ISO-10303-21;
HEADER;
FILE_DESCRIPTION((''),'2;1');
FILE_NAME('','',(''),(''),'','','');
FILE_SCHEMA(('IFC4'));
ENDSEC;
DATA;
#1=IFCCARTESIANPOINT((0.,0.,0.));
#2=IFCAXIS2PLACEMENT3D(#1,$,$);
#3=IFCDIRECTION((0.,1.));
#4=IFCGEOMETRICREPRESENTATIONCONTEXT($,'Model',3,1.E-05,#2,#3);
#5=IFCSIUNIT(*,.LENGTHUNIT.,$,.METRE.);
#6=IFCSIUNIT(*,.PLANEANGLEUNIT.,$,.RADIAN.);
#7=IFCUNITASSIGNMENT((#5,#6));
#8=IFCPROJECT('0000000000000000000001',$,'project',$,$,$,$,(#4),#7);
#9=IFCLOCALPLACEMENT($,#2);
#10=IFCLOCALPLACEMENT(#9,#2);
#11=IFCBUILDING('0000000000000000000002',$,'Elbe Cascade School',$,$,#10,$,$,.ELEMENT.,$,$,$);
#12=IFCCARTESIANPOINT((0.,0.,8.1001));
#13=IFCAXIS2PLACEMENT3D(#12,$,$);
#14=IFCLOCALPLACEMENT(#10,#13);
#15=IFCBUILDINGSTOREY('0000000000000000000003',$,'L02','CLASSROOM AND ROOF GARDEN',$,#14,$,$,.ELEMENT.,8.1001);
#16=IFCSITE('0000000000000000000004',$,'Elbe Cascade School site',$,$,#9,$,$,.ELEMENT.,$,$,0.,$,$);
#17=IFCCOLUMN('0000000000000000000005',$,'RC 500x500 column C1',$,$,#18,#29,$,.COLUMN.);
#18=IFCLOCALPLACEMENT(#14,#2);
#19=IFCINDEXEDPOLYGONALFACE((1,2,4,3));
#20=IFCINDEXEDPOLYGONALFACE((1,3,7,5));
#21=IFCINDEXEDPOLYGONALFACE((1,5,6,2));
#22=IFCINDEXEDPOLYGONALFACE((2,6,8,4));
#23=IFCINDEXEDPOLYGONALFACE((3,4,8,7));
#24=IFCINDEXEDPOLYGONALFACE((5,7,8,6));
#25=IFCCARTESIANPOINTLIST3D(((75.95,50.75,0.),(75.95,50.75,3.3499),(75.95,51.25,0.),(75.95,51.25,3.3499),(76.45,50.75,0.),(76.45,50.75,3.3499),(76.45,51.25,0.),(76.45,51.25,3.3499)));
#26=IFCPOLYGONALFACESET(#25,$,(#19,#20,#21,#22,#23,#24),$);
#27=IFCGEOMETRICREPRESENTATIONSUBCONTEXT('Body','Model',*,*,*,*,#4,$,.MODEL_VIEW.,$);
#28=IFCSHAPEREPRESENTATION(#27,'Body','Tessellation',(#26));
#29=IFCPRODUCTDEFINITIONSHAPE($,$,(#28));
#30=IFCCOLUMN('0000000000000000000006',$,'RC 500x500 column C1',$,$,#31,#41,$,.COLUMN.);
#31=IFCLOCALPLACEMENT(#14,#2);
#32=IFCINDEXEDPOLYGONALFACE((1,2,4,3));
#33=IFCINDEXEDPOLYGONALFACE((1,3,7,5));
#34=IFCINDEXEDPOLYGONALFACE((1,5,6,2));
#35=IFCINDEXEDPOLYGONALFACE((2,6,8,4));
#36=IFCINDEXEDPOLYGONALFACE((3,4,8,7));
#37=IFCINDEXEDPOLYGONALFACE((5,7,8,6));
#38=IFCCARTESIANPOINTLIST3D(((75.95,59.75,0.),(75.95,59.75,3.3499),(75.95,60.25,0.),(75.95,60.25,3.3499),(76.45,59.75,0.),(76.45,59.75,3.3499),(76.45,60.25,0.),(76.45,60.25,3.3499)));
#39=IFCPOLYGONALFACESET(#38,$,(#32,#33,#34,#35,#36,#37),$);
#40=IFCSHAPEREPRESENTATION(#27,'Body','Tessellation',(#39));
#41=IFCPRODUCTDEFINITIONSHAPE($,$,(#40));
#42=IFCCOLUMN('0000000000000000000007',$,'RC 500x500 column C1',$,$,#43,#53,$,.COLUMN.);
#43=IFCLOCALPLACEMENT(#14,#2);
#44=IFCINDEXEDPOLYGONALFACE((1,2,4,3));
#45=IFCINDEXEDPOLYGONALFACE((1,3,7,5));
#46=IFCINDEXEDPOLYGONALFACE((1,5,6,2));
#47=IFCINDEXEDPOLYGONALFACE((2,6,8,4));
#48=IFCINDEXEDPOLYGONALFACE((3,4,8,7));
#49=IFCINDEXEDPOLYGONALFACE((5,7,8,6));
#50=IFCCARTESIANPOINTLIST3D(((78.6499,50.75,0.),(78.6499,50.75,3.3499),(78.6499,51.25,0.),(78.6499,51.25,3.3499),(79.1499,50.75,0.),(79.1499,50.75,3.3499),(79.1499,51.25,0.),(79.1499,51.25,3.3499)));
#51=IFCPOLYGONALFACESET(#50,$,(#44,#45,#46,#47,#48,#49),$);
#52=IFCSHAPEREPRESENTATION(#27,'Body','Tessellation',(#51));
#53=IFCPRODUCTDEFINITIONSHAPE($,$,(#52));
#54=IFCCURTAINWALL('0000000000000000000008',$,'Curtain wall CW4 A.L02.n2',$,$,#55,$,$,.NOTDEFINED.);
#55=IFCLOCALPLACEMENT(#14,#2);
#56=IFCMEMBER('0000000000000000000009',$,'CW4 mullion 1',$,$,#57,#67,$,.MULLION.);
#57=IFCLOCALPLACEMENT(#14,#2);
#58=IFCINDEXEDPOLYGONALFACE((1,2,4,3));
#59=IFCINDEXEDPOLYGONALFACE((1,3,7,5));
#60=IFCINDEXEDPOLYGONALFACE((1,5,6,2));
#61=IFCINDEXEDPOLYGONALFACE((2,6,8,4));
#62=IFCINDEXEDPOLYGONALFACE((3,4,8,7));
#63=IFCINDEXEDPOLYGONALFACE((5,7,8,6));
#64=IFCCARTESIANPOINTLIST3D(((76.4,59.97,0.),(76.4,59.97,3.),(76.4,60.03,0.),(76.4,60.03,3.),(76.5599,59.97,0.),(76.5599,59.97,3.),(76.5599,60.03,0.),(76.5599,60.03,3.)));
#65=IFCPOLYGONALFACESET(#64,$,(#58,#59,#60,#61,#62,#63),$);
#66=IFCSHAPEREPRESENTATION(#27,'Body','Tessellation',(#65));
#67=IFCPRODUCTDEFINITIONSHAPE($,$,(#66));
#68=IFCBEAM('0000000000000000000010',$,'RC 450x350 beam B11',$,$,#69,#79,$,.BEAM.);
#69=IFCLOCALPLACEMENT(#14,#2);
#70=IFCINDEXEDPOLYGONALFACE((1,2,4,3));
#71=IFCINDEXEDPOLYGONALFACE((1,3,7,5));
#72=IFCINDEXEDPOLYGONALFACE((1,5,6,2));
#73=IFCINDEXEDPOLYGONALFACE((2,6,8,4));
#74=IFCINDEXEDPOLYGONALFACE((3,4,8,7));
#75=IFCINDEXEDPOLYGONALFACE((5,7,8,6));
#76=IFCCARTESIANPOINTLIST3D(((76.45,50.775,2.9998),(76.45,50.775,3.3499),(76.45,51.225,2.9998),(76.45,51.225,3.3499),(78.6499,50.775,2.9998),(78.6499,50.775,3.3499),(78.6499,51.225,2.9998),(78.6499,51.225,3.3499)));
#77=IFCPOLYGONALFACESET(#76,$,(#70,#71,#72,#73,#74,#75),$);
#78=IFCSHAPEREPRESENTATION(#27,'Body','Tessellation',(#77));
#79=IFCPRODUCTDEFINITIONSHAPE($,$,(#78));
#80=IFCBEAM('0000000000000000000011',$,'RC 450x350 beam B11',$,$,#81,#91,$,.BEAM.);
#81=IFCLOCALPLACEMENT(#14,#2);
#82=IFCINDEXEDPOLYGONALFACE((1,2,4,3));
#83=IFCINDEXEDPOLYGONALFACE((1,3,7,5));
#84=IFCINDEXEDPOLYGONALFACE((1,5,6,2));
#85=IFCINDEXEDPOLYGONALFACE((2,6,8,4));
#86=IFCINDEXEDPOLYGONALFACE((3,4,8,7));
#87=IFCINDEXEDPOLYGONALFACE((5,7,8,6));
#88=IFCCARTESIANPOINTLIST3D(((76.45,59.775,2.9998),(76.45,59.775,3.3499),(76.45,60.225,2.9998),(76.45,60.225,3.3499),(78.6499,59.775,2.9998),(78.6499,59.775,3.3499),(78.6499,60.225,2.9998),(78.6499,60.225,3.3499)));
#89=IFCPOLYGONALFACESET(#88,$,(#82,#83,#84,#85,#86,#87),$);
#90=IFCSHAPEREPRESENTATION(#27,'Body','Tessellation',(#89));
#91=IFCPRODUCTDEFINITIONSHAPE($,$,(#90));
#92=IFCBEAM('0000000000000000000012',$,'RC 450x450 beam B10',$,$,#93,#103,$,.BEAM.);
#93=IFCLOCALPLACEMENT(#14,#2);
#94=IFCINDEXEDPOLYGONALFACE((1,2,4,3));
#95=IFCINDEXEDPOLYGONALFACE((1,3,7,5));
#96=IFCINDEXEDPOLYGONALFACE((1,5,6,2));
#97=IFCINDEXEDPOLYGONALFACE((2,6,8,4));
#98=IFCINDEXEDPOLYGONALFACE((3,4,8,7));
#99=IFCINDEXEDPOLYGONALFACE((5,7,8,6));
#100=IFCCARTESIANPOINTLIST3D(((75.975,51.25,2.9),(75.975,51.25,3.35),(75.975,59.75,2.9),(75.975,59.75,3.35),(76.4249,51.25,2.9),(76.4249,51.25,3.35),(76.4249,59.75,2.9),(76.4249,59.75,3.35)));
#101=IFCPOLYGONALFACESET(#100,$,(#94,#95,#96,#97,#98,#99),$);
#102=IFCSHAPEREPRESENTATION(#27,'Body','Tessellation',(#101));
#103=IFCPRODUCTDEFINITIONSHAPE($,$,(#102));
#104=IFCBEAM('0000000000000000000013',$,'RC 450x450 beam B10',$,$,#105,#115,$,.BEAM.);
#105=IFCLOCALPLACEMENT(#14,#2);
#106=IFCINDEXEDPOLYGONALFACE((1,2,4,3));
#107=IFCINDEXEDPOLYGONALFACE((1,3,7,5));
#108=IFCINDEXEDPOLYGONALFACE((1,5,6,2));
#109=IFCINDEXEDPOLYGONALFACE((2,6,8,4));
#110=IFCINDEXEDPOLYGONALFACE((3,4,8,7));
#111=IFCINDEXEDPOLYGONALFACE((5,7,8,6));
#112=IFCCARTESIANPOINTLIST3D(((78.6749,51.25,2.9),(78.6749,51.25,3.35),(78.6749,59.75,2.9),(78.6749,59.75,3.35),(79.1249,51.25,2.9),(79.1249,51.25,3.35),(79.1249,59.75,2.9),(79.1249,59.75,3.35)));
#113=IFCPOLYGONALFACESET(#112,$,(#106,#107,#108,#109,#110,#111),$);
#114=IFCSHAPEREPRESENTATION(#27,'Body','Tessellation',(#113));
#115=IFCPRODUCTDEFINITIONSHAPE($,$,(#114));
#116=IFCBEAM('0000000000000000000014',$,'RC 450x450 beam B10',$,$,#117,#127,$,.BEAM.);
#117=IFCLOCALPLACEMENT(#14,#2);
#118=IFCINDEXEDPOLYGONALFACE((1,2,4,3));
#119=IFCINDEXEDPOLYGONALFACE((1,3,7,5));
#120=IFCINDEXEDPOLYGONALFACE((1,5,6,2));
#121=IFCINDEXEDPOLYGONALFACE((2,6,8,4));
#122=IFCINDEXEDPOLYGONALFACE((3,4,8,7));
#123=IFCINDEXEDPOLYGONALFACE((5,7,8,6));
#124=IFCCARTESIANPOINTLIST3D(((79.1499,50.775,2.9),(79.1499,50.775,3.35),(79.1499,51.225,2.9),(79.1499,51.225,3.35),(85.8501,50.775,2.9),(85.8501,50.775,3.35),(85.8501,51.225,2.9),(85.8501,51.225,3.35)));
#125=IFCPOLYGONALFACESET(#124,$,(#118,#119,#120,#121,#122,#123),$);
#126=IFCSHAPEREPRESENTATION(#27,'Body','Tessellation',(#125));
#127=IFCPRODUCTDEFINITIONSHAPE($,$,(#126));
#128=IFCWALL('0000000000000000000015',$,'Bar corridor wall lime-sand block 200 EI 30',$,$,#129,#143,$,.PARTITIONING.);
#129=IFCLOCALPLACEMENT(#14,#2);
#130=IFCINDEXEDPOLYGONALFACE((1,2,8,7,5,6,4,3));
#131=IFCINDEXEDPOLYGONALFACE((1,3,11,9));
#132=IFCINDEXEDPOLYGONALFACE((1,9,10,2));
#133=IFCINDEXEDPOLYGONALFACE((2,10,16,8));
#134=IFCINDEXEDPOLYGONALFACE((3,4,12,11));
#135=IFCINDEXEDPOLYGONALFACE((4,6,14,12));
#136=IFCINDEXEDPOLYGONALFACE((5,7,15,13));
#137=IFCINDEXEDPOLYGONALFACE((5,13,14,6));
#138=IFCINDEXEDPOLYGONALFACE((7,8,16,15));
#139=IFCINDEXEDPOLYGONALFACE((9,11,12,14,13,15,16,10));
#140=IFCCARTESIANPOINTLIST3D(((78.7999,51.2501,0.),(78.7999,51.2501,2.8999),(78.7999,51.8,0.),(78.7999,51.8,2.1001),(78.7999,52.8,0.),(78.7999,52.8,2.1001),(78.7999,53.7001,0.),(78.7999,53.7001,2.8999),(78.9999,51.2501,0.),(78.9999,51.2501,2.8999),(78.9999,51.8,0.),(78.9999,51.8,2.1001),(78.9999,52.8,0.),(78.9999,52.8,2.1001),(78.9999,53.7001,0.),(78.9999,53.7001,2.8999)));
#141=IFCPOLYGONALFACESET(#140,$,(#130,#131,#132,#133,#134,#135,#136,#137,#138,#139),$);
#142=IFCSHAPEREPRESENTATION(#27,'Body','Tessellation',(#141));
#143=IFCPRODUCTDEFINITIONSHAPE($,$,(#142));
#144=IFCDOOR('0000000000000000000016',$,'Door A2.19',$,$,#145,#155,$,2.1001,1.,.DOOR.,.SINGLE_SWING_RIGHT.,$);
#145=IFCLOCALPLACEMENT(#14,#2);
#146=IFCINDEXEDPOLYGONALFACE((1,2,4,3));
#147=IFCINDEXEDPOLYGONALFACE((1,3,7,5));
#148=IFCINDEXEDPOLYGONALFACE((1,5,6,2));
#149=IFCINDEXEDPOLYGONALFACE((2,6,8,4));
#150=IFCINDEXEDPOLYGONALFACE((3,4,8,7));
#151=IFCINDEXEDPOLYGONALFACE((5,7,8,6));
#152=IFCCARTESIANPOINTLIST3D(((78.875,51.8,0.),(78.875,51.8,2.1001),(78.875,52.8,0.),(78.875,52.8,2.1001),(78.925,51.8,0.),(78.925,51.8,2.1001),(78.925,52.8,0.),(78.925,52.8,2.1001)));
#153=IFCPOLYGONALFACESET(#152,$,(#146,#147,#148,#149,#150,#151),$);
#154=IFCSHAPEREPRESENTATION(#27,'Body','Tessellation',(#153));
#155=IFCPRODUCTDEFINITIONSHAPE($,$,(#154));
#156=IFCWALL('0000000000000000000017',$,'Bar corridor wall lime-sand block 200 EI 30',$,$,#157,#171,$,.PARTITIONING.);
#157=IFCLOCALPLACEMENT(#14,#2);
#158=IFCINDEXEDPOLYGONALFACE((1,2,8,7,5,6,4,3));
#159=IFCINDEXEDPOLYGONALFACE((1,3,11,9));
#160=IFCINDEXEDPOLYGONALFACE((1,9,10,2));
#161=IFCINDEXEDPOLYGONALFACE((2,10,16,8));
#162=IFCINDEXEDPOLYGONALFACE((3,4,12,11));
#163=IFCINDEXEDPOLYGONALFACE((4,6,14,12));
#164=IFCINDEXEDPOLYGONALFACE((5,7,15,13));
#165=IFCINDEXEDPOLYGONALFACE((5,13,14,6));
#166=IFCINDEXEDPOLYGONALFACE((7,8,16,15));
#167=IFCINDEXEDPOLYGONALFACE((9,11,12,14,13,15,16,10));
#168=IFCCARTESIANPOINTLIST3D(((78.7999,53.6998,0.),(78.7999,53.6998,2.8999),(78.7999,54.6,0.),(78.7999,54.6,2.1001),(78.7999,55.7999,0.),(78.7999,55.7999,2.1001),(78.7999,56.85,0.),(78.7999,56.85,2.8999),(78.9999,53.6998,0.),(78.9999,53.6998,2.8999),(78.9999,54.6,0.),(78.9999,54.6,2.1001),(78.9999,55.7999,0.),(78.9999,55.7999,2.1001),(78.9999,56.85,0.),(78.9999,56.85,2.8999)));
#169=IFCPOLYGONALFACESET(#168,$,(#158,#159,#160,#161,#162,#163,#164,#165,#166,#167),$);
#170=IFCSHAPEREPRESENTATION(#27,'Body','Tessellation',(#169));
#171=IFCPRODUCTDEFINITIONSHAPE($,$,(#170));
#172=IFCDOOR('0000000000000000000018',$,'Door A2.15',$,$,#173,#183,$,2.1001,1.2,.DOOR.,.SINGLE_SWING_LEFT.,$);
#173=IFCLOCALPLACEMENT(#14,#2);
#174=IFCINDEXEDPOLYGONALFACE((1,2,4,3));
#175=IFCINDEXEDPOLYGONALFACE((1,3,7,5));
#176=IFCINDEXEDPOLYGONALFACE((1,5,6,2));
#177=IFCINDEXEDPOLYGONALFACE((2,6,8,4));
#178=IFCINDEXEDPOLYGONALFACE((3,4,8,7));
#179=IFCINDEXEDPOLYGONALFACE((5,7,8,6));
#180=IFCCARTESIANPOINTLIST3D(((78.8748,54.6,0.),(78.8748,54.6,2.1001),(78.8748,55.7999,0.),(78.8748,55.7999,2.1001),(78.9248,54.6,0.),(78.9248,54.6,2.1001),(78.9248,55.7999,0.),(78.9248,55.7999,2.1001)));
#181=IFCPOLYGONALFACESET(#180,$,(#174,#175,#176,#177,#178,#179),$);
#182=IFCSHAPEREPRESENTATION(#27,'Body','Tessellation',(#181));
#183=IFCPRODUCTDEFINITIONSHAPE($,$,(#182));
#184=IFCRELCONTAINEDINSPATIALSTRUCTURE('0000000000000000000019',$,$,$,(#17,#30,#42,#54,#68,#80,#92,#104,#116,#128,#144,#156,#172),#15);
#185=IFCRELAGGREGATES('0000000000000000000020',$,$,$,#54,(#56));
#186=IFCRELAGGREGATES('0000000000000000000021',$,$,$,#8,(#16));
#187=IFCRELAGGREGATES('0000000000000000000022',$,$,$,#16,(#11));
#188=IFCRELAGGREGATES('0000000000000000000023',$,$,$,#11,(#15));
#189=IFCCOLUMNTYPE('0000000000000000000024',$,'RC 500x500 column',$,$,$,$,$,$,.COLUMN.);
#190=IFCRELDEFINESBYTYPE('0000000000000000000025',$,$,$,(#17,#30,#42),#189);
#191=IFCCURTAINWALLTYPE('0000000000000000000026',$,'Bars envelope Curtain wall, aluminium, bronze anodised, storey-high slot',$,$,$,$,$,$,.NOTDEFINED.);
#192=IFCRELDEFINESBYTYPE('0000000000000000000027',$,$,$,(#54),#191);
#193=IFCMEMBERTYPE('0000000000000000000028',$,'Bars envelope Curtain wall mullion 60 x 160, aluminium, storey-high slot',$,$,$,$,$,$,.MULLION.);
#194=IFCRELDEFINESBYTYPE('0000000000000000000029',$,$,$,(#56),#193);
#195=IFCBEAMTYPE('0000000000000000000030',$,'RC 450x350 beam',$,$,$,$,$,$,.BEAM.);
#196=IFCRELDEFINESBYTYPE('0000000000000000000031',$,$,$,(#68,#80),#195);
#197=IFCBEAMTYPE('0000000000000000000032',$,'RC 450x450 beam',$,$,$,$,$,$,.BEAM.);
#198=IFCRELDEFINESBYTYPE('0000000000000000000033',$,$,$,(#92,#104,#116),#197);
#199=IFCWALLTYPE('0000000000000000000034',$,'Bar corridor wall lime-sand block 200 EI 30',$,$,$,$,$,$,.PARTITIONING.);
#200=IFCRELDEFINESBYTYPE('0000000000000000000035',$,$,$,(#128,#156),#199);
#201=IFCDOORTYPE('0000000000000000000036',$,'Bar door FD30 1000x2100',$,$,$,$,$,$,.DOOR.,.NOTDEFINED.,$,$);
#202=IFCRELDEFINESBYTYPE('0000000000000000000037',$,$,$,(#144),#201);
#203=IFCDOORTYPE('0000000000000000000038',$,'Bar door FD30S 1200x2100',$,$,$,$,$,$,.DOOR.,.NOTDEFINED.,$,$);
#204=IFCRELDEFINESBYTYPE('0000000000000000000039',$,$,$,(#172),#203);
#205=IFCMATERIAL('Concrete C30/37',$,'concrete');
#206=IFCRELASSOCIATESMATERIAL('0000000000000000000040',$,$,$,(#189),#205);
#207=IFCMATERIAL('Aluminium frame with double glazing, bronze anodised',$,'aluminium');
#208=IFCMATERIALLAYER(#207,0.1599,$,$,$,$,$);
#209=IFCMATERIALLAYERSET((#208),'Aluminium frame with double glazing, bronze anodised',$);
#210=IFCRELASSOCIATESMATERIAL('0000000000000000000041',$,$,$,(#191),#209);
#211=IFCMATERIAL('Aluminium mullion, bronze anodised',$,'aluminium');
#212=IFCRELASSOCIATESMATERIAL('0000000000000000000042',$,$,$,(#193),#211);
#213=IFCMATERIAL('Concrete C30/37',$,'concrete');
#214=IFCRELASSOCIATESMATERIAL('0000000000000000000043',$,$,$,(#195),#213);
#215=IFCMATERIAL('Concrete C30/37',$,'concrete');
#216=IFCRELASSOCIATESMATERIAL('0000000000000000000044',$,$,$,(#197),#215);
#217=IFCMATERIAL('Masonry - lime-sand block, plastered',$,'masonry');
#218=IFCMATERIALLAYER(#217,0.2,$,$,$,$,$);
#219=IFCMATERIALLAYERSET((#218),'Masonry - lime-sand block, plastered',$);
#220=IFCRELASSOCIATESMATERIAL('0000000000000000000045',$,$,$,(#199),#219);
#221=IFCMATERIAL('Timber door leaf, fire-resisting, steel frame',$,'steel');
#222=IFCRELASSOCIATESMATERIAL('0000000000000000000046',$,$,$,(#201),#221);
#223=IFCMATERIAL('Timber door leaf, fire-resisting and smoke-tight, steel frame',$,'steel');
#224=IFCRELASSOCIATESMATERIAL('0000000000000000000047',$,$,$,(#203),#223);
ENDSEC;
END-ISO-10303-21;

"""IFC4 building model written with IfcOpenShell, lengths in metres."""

from ifc_helpers import new_model, si_unit, direction, frame, frame_2d, origin, origin_2d, place, context, subcontext, project, spatial, rectangle, extrude, material, layer, layer_set, material_profile, profile_set, type_object, element, fill, aggregate, save


model = new_model("IFC4")

# Units and contexts
model_context = context("Model", 3, precision=1e-05, world=origin(), true_north=direction((0.0, 1.0)))
body_context = subcontext(model_context, "Body", "Model", "MODEL_VIEW")
ifc_project = project(units=[si_unit("LENGTHUNIT", "METRE"), si_unit("PLANEANGLEUNIT", "RADIAN")], contexts=[model_context])

# Site, building, storey
site_placement = place(None, origin())
site = spatial("IfcSite", under=ifc_project, at=site_placement, Name="Elbe Cascade School site", CompositionType="ELEMENT", RefElevation=0.0)
building_placement = place(site_placement, origin())
building = spatial("IfcBuilding", under=site, at=building_placement, Name="Elbe Cascade School", CompositionType="ELEMENT")
storey_placement = place(building_placement, frame((0.0, 0.0, 8.1001)))
storey = spatial("IfcBuildingStorey", under=building, at=storey_placement, Name="L02", Description="CLASSROOM AND ROOF GARDEN", CompositionType="ELEMENT", Elevation=8.1001)

# Columns
ifc_material_1 = material(Name="Concrete C30/37", Category="concrete")
ifc_material_profile_1 = material_profile(ifc_material_1, rectangle(XDim=0.5, YDim=0.5, at=origin_2d()), Name="RC 500x500")
ifc_profile_set_1 = profile_set([ifc_material_profile_1], Name="Concrete C30/37")
column_type = type_object("IfcColumnType", Name="RC 500x500 column", PredefinedType="COLUMN", material=ifc_profile_set_1)
for number, where, z_axis, x_axis, name in (
    (1, (76.2, 51.0, 0.0), (0.0, 0.0, 1.0), (1.0, 0.0, 0.0), "RC 500x500 column C1"),
    (2, (76.2, 60.0, 0.0), (0.0, 0.0, 1.0), (1.0, 0.0, 0.0), "RC 500x500 column C1"),
    (3, (78.8999, 51.0, 0.0), (0.0, 0.0, 1.0), (1.0, 0.0, 0.0), "RC 500x500 column C1"),
):
    element("IfcColumn", number, at=place(storey_placement, frame(where, z_axis=z_axis, x_axis=x_axis)), inside=storey, type_object=column_type, Name=name, PredefinedType="COLUMN", context=body_context, shape_type="SweptSolid", body=[
        extrude(rectangle(XDim=0.5, YDim=0.5, at=origin_2d()), origin(), (0.0, 0.0, 1.0), 3.3499),
    ])

# Curtain wall, member
ifc_material_2 = material(Name="Aluminium frame with double glazing, bronze anodised", Category="aluminium")
ifc_layer_1 = layer(ifc_material_2, 0.1599)
ifc_layer_set_1 = layer_set([ifc_layer_1], Name="Aluminium frame with double glazing, bronze anodised")
curtain_wall_type = type_object("IfcCurtainWallType", Name="Bars envelope Curtain wall, aluminium, bronze anodised, storey-high slot", PredefinedType="NOTDEFINED", material=ifc_layer_set_1)
curtain_wall_placement = place(storey_placement, origin())
curtain_wall = element("IfcCurtainWall", 4, at=curtain_wall_placement, inside=storey, type_object=curtain_wall_type, Name="Curtain wall CW4 A.L02.n2", PredefinedType="NOTDEFINED")
ifc_material_3 = material(Name="Aluminium mullion, bronze anodised", Category="aluminium")
ifc_material_profile_2 = material_profile(ifc_material_3, rectangle(XDim=0.0601, YDim=0.1599, at=origin_2d()), Name="Bars envelope Curtain wall mullion 60 x 160, aluminium, storey-high slot")
ifc_profile_set_2 = profile_set([ifc_material_profile_2], Name="Aluminium mullion, bronze anodised")
member_type = type_object("IfcMemberType", Name="Bars envelope Curtain wall mullion 60 x 160, aluminium, storey-high slot", PredefinedType="MULLION", material=ifc_profile_set_2)
member_placement = place(storey_placement, frame((76.48, 60.0, 0.0), z_axis=(0.0, 0.0, 1.0), x_axis=(0.0, 1.0, 0.0)))
member = element("IfcMember", 5, at=member_placement, type_object=member_type, Name="CW4 mullion 1", PredefinedType="MULLION", context=body_context, shape_type="SweptSolid", body=[
    extrude(rectangle(XDim=0.0601, YDim=0.1599, at=origin_2d()), origin(), (0.0, 0.0, 1.0), 3.0),
])
aggregate(curtain_wall, [member])

# Beams
ifc_material_4 = material(Name="Concrete C30/37", Category="concrete")
ifc_material_profile_3 = material_profile(ifc_material_4, rectangle(XDim=0.45, YDim=0.3501, at=origin_2d()), Name="RC 450x350")
ifc_profile_set_3 = profile_set([ifc_material_profile_3], Name="Concrete C30/37")
beam_type_1 = type_object("IfcBeamType", Name="RC 450x350 beam", PredefinedType="BEAM", material=ifc_profile_set_3)
for number, where, z_axis, x_axis, name in (
    (6, (76.45, 51.0, 3.1748), (1.0, 0.0, 0.0), (0.0, 1.0, 0.0), "RC 450x350 beam B11"),
    (7, (76.45, 60.0, 3.1748), (1.0, 0.0, 0.0), (0.0, 1.0, 0.0), "RC 450x350 beam B11"),
):
    element("IfcBeam", number, at=place(storey_placement, frame(where, z_axis=z_axis, x_axis=x_axis)), inside=storey, type_object=beam_type_1, Name=name, PredefinedType="BEAM", context=body_context, shape_type="SweptSolid", body=[
        extrude(rectangle(XDim=0.45, YDim=0.3501, at=origin_2d()), origin(), (0.0, 0.0, 1.0), 2.2),
    ])
ifc_material_5 = material(Name="Concrete C30/37", Category="concrete")
ifc_material_profile_4 = material_profile(ifc_material_5, rectangle(XDim=0.45, YDim=0.45, at=origin_2d()), Name="RC 450x450")
ifc_profile_set_4 = profile_set([ifc_material_profile_4], Name="Concrete C30/37")
beam_type_2 = type_object("IfcBeamType", Name="RC 450x450 beam", PredefinedType="BEAM", material=ifc_profile_set_4)
for number, where, z_axis, x_axis, name in (
    (8, (76.2, 51.25, 3.125), (0.0, 1.0, 0.0), (-1.0, 0.0, 0.0), "RC 450x450 beam B10"),
    (9, (78.8999, 51.25, 3.125), (0.0, 1.0, 0.0), (-1.0, 0.0, 0.0), "RC 450x450 beam B10"),
):
    element("IfcBeam", number, at=place(storey_placement, frame(where, z_axis=z_axis, x_axis=x_axis)), inside=storey, type_object=beam_type_2, Name=name, PredefinedType="BEAM", context=body_context, shape_type="SweptSolid", body=[
        extrude(rectangle(XDim=0.45, YDim=0.45, at=origin_2d()), origin(), (0.0, 0.0, 1.0), 8.5),
    ])
beam_placement = place(storey_placement, frame((79.1499, 51.0, 3.125), z_axis=(1.0, 0.0, 0.0), x_axis=(0.0, 1.0, 0.0)))
element("IfcBeam", 10, at=beam_placement, inside=storey, type_object=beam_type_2, Name="RC 450x450 beam B10", PredefinedType="BEAM", context=body_context, shape_type="SweptSolid", body=[
    extrude(rectangle(XDim=0.45, YDim=0.45, at=origin_2d()), origin(), (0.0, 0.0, 1.0), 6.7002),
])

# Walls, openings, doors
ifc_material_6 = material(Name="Masonry - lime-sand block, plastered", Category="masonry")
ifc_layer_2 = layer(ifc_material_6, 0.2)
ifc_layer_set_2 = layer_set([ifc_layer_2], Name="Masonry - lime-sand block, plastered")
wall_type_1 = type_object("IfcWallType", Name="Bar corridor wall lime-sand block 200 EI 30", PredefinedType="PARTITIONING", material=ifc_layer_set_2)
wall_1_placement = place(storey_placement, frame((78.8999, 51.25, 0.0), z_axis=(0.0, 0.0, 1.0), x_axis=(0.0, 1.0, 0.0)))
wall_1 = element("IfcWall", 11, at=wall_1_placement, inside=storey, type_object=wall_type_1, Name="Bar corridor wall lime-sand block 200 EI 30", PredefinedType="PARTITIONING", context=body_context, shape_type="SweptSolid", body=[
    extrude(rectangle(XDim=2.45, YDim=0.2, at=frame_2d((1.2251, 0.0))), origin(), (0.0, 0.0, 1.0), 2.8999),
])
opening_1_placement = place(wall_1_placement, frame((0.55, 0.0, 0.0)))
opening_1 = element("IfcOpeningElement", 12, at=opening_1_placement, cuts=wall_1, PredefinedType="OPENING", context=body_context, shape_type="SweptSolid", body=[
    extrude(rectangle(XDim=1.0, YDim=2.1001, at=frame_2d((0.5, 1.05))), frame((0.0, 0.1099, 0.0), z_axis=(0.0, -1.0, 0.0), x_axis=(1.0, 0.0, 0.0)), (0.0, 0.0, 1.0), 0.22),
])
ifc_material_7 = material(Name="Timber door leaf, fire-resisting, steel frame", Category="steel")
door_type_1 = type_object("IfcDoorType", Name="Bar door FD30 1000x2100", OperationType="NOTDEFINED", PredefinedType="DOOR", material=ifc_material_7)
door_1_placement = place(opening_1_placement, origin())
door_1 = element("IfcDoor", 13, at=door_1_placement, inside=storey, type_object=door_type_1, Name="Door A2.19", OperationType="SINGLE_SWING_RIGHT", OverallHeight=2.1001, OverallWidth=1.0, PredefinedType="DOOR", context=body_context, shape_type="SweptSolid", body=[
    extrude(rectangle(XDim=1.0, YDim=2.1001, at=frame_2d((0.5, 1.05))), frame((0.0, 0.0249, 0.0), z_axis=(0.0, -1.0, 0.0), x_axis=(1.0, 0.0, 0.0)), (0.0, 0.0, 1.0), 0.05),
])
fill(opening_1, door_1)
wall_2_placement = place(storey_placement, frame((78.8999, 56.8501, 0.0), z_axis=(0.0, 0.0, 1.0), x_axis=(0.0, -1.0, 0.0)))
wall_2 = element("IfcWall", 14, at=wall_2_placement, inside=storey, type_object=wall_type_1, Name="Bar corridor wall lime-sand block 200 EI 30", PredefinedType="PARTITIONING", context=body_context, shape_type="SweptSolid", body=[
    extrude(rectangle(XDim=3.1501, YDim=0.2, at=frame_2d((1.5752, 0.0))), origin(), (0.0, 0.0, 1.0), 2.8999),
])
opening_2_placement = place(wall_2_placement, frame((1.05, 0.0, 0.0)))
opening_2 = element("IfcOpeningElement", 15, at=opening_2_placement, cuts=wall_2, PredefinedType="OPENING", context=body_context, shape_type="SweptSolid", body=[
    extrude(rectangle(XDim=1.2, YDim=2.1001, at=frame_2d((0.6001, 1.05))), frame((0.0, 0.1099, 0.0), z_axis=(0.0, -1.0, 0.0), x_axis=(1.0, 0.0, 0.0)), (0.0, 0.0, 1.0), 0.22),
])
ifc_material_8 = material(Name="Timber door leaf, fire-resisting and smoke-tight, steel frame", Category="steel")
door_type_2 = type_object("IfcDoorType", Name="Bar door FD30S 1200x2100", OperationType="NOTDEFINED", PredefinedType="DOOR", material=ifc_material_8)
door_2_placement = place(opening_2_placement, origin())
door_2 = element("IfcDoor", 16, at=door_2_placement, inside=storey, type_object=door_type_2, Name="Door A2.15", OperationType="SINGLE_SWING_LEFT", OverallHeight=2.1001, OverallWidth=1.2, PredefinedType="DOOR", context=body_context, shape_type="SweptSolid", body=[
    extrude(rectangle(XDim=1.2, YDim=2.1001, at=frame_2d((0.6001, 1.05))), frame((0.0, 0.0249, 0.0), z_axis=(0.0, -1.0, 0.0), x_axis=(1.0, 0.0, 0.0)), (0.0, 0.0, 1.0), 0.05),
])
fill(opening_2, door_2)

save(model, "model.ifc")
